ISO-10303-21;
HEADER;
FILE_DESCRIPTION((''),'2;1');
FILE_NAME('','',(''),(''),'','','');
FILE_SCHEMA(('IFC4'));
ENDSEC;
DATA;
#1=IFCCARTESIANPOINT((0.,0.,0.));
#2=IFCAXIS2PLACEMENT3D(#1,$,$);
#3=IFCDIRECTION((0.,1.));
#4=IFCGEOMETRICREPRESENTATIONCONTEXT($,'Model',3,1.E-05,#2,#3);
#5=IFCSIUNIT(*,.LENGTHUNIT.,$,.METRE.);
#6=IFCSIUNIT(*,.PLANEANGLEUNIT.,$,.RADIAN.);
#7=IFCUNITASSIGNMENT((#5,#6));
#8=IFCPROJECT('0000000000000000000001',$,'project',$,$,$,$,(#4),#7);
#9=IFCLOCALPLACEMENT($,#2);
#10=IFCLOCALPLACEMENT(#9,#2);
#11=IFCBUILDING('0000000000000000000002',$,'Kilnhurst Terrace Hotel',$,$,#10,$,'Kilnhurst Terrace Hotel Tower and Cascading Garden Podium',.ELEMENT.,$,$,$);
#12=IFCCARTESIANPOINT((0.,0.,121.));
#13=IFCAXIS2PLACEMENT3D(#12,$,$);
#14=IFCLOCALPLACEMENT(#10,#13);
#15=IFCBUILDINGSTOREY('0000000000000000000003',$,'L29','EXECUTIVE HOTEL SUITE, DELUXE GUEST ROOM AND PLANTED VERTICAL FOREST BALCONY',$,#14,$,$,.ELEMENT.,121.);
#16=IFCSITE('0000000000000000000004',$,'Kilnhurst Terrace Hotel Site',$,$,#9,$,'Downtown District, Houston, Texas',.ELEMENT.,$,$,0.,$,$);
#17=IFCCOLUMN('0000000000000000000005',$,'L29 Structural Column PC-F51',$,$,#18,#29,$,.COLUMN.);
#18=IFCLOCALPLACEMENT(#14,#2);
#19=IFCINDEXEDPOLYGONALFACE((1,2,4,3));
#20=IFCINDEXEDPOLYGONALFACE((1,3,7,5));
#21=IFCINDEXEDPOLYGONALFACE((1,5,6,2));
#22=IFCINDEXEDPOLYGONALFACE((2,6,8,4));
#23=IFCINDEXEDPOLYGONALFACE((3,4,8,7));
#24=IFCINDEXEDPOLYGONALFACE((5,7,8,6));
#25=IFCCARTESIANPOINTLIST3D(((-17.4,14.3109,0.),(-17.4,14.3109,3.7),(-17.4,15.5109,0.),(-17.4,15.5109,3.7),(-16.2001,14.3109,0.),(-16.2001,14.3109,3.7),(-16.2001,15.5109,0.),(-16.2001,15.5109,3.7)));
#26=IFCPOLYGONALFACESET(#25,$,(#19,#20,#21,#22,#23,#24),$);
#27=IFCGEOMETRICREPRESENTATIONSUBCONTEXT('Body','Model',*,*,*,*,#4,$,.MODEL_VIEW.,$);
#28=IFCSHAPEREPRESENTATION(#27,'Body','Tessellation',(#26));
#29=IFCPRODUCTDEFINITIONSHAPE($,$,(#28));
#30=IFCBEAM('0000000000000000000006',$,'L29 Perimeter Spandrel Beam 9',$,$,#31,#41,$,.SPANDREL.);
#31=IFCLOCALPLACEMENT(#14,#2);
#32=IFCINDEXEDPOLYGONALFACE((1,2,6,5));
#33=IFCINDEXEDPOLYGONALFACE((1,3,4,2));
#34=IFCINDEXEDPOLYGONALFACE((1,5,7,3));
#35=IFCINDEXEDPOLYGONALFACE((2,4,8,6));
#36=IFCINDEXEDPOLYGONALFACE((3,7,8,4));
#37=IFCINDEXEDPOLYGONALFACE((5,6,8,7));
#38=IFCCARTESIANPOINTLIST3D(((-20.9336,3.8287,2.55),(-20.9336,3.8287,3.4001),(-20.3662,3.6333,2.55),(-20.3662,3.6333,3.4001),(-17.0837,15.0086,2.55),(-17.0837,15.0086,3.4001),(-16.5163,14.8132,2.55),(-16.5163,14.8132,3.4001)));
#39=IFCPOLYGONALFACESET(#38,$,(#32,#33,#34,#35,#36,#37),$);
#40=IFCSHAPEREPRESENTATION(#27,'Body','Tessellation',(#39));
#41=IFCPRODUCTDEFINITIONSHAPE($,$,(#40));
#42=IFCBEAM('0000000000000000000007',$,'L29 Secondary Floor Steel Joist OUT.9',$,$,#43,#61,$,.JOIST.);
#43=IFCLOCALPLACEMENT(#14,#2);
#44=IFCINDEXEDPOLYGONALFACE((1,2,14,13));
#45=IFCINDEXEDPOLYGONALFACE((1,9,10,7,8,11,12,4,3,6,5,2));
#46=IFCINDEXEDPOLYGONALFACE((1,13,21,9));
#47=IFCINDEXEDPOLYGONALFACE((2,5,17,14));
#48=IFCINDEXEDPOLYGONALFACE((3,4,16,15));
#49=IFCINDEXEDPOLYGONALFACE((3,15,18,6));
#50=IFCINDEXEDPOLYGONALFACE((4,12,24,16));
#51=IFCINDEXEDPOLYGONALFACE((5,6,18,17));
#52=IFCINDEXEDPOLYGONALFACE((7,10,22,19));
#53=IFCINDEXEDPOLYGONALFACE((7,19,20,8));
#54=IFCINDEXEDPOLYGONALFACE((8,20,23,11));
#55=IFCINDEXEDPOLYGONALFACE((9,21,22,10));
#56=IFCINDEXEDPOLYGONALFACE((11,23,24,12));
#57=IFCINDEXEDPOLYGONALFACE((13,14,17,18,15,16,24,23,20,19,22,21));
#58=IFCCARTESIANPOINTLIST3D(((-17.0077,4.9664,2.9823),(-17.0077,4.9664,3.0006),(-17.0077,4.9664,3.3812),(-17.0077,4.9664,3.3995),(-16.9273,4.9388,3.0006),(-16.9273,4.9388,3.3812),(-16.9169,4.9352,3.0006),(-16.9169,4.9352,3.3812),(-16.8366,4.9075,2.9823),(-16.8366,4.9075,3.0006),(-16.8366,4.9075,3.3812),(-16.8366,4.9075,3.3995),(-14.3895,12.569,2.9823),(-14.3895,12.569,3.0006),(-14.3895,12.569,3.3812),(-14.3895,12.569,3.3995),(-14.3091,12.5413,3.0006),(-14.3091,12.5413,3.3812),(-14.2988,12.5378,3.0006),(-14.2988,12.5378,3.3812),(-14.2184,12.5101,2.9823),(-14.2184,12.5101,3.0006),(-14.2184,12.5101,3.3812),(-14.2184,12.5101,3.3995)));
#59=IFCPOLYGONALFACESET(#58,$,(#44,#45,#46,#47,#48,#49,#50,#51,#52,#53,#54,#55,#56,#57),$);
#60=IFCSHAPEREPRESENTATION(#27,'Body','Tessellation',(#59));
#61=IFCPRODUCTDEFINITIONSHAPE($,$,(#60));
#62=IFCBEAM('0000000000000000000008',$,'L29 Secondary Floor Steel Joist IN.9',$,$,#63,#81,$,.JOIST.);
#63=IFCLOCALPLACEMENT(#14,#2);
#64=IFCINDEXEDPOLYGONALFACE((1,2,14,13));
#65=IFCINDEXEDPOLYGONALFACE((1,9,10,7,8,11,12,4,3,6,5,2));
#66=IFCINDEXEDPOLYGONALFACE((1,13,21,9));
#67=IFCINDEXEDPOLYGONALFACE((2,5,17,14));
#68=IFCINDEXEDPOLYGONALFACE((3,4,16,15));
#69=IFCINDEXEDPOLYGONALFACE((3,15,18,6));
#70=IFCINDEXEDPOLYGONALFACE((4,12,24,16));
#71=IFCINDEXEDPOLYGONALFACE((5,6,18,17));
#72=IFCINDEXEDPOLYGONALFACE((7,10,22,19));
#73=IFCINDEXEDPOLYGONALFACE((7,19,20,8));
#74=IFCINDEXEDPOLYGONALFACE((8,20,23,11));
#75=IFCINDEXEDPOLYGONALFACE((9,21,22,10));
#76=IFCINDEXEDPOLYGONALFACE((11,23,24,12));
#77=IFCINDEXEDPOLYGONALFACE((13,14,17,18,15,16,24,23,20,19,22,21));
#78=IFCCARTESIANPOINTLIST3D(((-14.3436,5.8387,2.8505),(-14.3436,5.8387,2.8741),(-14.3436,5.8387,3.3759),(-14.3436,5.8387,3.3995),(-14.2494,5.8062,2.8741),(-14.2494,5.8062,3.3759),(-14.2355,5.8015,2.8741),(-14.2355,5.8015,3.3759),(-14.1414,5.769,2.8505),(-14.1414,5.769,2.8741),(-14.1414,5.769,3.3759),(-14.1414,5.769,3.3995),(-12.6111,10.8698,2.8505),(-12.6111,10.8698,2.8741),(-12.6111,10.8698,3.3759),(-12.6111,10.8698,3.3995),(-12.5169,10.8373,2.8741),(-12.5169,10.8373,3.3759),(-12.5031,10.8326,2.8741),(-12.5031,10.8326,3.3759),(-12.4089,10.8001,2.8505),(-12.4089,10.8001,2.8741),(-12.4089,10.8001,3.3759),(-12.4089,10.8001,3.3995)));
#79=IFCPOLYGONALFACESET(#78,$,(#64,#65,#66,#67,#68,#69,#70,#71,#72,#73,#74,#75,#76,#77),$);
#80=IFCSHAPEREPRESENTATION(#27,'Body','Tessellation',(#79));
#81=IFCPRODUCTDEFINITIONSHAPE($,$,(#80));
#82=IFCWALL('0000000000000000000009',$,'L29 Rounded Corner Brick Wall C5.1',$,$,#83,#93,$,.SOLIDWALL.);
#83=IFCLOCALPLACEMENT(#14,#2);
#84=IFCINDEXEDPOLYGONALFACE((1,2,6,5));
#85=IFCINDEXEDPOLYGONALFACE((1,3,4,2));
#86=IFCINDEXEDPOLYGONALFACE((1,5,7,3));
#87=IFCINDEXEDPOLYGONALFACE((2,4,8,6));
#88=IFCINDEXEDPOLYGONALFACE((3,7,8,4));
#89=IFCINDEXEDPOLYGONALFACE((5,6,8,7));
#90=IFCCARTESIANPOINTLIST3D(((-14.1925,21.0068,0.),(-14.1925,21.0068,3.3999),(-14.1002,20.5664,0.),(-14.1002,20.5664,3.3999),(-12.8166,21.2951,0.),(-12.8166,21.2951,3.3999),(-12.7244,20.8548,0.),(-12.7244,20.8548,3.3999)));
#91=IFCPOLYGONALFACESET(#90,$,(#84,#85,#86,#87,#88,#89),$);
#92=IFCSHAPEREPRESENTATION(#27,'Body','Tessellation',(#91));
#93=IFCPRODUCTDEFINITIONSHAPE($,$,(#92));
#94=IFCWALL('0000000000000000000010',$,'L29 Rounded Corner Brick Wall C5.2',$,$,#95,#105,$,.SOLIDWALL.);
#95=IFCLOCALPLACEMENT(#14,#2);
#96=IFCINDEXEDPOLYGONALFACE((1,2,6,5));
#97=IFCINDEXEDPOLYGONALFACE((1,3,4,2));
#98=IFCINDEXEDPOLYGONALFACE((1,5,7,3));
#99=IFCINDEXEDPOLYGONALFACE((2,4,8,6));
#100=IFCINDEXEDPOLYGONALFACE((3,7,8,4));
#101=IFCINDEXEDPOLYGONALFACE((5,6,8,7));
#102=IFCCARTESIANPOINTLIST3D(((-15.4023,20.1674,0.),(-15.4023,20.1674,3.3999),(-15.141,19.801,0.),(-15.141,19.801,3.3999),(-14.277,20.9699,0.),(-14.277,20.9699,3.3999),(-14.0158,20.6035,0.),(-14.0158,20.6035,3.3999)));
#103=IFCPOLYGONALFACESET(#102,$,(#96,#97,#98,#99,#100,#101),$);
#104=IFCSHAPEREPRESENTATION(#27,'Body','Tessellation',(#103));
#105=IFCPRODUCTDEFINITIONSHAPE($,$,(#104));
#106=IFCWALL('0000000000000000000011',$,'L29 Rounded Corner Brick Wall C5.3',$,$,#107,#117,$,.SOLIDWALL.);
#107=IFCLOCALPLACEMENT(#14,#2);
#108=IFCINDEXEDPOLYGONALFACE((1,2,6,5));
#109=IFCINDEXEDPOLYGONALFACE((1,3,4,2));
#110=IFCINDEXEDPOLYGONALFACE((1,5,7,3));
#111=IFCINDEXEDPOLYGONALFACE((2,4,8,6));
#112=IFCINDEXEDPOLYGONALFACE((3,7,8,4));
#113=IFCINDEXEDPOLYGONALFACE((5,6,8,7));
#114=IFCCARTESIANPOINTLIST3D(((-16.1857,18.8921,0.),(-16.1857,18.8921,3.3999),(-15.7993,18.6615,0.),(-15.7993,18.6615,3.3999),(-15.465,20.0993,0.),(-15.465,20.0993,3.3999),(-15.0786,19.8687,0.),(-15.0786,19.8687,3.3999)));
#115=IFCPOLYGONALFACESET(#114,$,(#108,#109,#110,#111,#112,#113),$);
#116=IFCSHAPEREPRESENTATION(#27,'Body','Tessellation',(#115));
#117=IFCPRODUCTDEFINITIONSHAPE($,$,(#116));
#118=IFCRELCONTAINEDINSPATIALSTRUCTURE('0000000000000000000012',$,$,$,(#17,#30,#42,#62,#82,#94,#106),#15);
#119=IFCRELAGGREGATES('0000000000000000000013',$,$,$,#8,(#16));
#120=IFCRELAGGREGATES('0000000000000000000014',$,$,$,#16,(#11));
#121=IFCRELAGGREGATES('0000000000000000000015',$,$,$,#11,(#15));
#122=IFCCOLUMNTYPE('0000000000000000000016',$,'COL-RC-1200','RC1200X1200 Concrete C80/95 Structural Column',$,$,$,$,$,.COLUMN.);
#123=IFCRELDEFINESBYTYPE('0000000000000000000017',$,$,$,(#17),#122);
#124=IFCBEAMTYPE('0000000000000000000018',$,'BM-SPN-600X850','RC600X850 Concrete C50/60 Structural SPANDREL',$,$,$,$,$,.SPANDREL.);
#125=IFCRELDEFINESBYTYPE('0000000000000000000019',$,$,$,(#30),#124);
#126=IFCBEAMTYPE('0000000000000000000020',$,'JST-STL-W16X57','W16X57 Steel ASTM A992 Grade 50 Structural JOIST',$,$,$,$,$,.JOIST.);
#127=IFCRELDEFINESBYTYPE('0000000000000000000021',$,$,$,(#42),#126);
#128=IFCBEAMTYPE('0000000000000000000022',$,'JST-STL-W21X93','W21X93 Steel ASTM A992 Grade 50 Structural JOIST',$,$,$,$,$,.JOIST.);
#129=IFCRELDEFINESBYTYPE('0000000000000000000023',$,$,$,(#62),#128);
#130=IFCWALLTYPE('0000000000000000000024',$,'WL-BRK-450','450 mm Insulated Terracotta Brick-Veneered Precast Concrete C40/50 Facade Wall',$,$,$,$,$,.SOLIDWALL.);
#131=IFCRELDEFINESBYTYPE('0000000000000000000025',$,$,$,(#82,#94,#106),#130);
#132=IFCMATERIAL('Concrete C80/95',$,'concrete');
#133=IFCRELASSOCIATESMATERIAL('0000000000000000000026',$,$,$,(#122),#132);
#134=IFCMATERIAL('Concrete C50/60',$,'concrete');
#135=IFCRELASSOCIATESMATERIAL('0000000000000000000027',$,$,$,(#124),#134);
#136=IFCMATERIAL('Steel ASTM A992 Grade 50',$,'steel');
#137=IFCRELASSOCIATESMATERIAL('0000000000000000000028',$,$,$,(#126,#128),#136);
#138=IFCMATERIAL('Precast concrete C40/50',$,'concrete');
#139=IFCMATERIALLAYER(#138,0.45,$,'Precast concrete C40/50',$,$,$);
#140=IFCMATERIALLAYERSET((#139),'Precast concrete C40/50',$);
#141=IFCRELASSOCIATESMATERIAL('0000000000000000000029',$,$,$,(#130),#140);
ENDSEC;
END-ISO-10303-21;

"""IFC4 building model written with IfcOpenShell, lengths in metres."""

from ifc_helpers import new_model, si_unit, direction, frame, frame_2d, origin, origin_2d, place, context, subcontext, project, spatial, rectangle, i_section, extrude, material, layer, layer_set, material_profile, profile_set, type_object, element, save


model = new_model("IFC4")

# Units and contexts
model_context = context("Model", 3, precision=1e-05, world=origin(), true_north=direction((0.0, 1.0)))
body_context = subcontext(model_context, "Body", "Model", "MODEL_VIEW")
ifc_project = project(units=[si_unit("LENGTHUNIT", "METRE"), si_unit("PLANEANGLEUNIT", "RADIAN")], contexts=[model_context])

# Site, building, storey
site_placement = place(None, origin())
site = spatial("IfcSite", under=ifc_project, at=site_placement, Name="Kilnhurst Terrace Hotel Site", LongName="Downtown District, Houston, Texas", CompositionType="ELEMENT", RefElevation=0.0)
building_placement = place(site_placement, origin())
building = spatial("IfcBuilding", under=site, at=building_placement, Name="Kilnhurst Terrace Hotel", LongName="Kilnhurst Terrace Hotel Tower and Cascading Garden Podium", CompositionType="ELEMENT")
storey_placement = place(building_placement, frame((0.0, 0.0, 121.0)))
storey = spatial("IfcBuildingStorey", under=building, at=storey_placement, Name="L29", Description="EXECUTIVE HOTEL SUITE, DELUXE GUEST ROOM AND PLANTED VERTICAL FOREST BALCONY", CompositionType="ELEMENT", Elevation=121.0)

# Column
ifc_material_1 = material(Name="Concrete C80/95", Category="concrete")
ifc_material_profile_1 = material_profile(ifc_material_1, rectangle(XDim=1.2, YDim=1.2, at=origin_2d()), Name="RC1200X1200")
ifc_profile_set_1 = profile_set([ifc_material_profile_1], Name="Concrete C80/95")
column_type = type_object("IfcColumnType", Name="COL-RC-1200", Description="RC1200X1200 Concrete C80/95 Structural Column", PredefinedType="COLUMN", material=ifc_profile_set_1)
column_placement = place(storey_placement, frame((-16.8, 14.9109, 0.0), z_axis=(0.0, 0.0, 1.0), x_axis=(1.0, 0.0, 0.0)))
element("IfcColumn", 1, at=column_placement, inside=storey, type_object=column_type, Name="L29 Structural Column PC-F51", PredefinedType="COLUMN", context=body_context, shape_type="SweptSolid", body=[
    extrude(rectangle(XDim=1.2, YDim=1.2, at=origin_2d()), origin(), (0.0, 0.0, 1.0), 3.7),
])

# Beams
ifc_material_2 = material(Name="Concrete C50/60", Category="concrete")
ifc_material_profile_2 = material_profile(ifc_material_2, rectangle(XDim=0.6001, YDim=0.8501, at=origin_2d()), Name="RC600X850")
ifc_profile_set_2 = profile_set([ifc_material_profile_2], Name="Concrete C50/60")
beam_type_1 = type_object("IfcBeamType", Name="BM-SPN-600X850", Description="RC600X850 Concrete C50/60 Structural SPANDREL", PredefinedType="SPANDREL", material=ifc_profile_set_2)
beam_1_placement = place(storey_placement, frame((-16.8, 14.9109, 2.9751), z_axis=(-0.32559, -0.945511, 0.0), x_axis=(0.945511, -0.32559, 0.0)))
element("IfcBeam", 2, at=beam_1_placement, inside=storey, type_object=beam_type_1, Name="L29 Perimeter Spandrel Beam 9", PredefinedType="SPANDREL", context=body_context, shape_type="SweptSolid", body=[
    extrude(rectangle(XDim=0.6001, YDim=0.8501, at=origin_2d()), origin(), (0.0, 0.0, 1.0), 11.8242),
])
ifc_material_3 = material(Name="Steel ASTM A992 Grade 50", Category="steel")
ifc_material_profile_3 = material_profile(ifc_material_3, i_section(OverallWidth=0.1809, OverallDepth=0.4172, WebThickness=0.011, FlangeThickness=0.0183, at=origin_2d()), Name="W16X57")
ifc_profile_set_3 = profile_set([ifc_material_profile_3], Name="Steel ASTM A992 Grade 50")
beam_type_2 = type_object("IfcBeamType", Name="JST-STL-W16X57", Description="W16X57 Steel ASTM A992 Grade 50 Structural JOIST", PredefinedType="JOIST", material=ifc_profile_set_3)
beam_2_placement = place(storey_placement, frame((-14.304, 12.5396, 3.1909), z_axis=(-0.325613, -0.945503, 0.0), x_axis=(0.945503, -0.325613, 0.0)))
element("IfcBeam", 3, at=beam_2_placement, inside=storey, type_object=beam_type_2, Name="L29 Secondary Floor Steel Joist OUT.9", PredefinedType="JOIST", context=body_context, shape_type="SweptSolid", body=[
    extrude(i_section(OverallWidth=0.1809, OverallDepth=0.4172, WebThickness=0.011, FlangeThickness=0.0183, at=origin_2d()), origin(), (0.0, 0.0, 1.0), 8.0408),
])
ifc_material_profile_4 = material_profile(ifc_material_3, i_section(OverallWidth=0.2139, OverallDepth=0.5491, WebThickness=0.0146, FlangeThickness=0.0237, at=origin_2d()), Name="W21X93")
ifc_profile_set_4 = profile_set([ifc_material_profile_4], Name="Steel ASTM A992 Grade 50")
beam_type_3 = type_object("IfcBeamType", Name="JST-STL-W21X93", Description="W21X93 Steel ASTM A992 Grade 50 Structural JOIST", PredefinedType="JOIST", material=ifc_profile_set_4)
beam_3_placement = place(storey_placement, frame((-12.51, 10.835, 3.125), z_axis=(-0.325586, -0.945512, 0.0), x_axis=(0.945512, -0.325586, 0.0)))
element("IfcBeam", 4, at=beam_3_placement, inside=storey, type_object=beam_type_3, Name="L29 Secondary Floor Steel Joist IN.9", PredefinedType="JOIST", context=body_context, shape_type="SweptSolid", body=[
    extrude(i_section(OverallWidth=0.2139, OverallDepth=0.5491, WebThickness=0.0146, FlangeThickness=0.0237, at=origin_2d()), origin(), (0.0, 0.0, 1.0), 5.321),
])

# Walls
ifc_material_4 = material(Name="Precast concrete C40/50", Category="concrete")
ifc_layer_1 = layer(ifc_material_4, 0.45, Name="Precast concrete C40/50")
ifc_layer_set_1 = layer_set([ifc_layer_1], Name="Precast concrete C40/50")
wall_type_1 = type_object("IfcWallType", Name="WL-BRK-450", Description="450 mm Insulated Terracotta Brick-Veneered Precast Concrete C40/50 Facade Wall", PredefinedType="SOLIDWALL", material=ifc_layer_set_1)
wall_1_placement = place(storey_placement, frame((-12.7705, 21.075, 0.0), z_axis=(0.0, 0.0, 1.0), x_axis=(-0.978743, -0.205091, 0.0)))
element("IfcWall", 5, at=wall_1_placement, inside=storey, type_object=wall_type_1, Name="L29 Rounded Corner Brick Wall C5.1", PredefinedType="SOLIDWALL", context=body_context, shape_type="SweptSolid", body=[
    extrude(rectangle(XDim=1.4058, YDim=0.45, at=frame_2d((0.7029, 0.0))), origin(), (0.0, 0.0, 1.0), 3.3999),
])
wall_2_placement = place(storey_placement, frame((-14.1465, 20.7866, 0.0), z_axis=(0.0, 0.0, 1.0), x_axis=(-0.814163, -0.580636, 0.0)))
element("IfcWall", 6, at=wall_2_placement, inside=storey, type_object=wall_type_1, Name="L29 Rounded Corner Brick Wall C5.2", PredefinedType="SOLIDWALL", context=body_context, shape_type="SweptSolid", body=[
    extrude(rectangle(XDim=1.3821, YDim=0.45, at=frame_2d((0.6909, 0.0))), origin(), (0.0, 0.0, 1.0), 3.3999),
])
wall_3_placement = place(storey_placement, frame((-15.2717, 19.9841, 0.0), z_axis=(0.0, 0.0, 1.0), x_axis=(-0.512579, -0.85864, 0.0)))
element("IfcWall", 7, at=wall_3_placement, inside=storey, type_object=wall_type_1, Name="L29 Rounded Corner Brick Wall C5.3", PredefinedType="SOLIDWALL", context=body_context, shape_type="SweptSolid", body=[
    extrude(rectangle(XDim=1.406, YDim=0.45, at=frame_2d((0.7031, 0.0))), origin(), (0.0, 0.0, 1.0), 3.3999),
])

save(model, "model.ifc")
